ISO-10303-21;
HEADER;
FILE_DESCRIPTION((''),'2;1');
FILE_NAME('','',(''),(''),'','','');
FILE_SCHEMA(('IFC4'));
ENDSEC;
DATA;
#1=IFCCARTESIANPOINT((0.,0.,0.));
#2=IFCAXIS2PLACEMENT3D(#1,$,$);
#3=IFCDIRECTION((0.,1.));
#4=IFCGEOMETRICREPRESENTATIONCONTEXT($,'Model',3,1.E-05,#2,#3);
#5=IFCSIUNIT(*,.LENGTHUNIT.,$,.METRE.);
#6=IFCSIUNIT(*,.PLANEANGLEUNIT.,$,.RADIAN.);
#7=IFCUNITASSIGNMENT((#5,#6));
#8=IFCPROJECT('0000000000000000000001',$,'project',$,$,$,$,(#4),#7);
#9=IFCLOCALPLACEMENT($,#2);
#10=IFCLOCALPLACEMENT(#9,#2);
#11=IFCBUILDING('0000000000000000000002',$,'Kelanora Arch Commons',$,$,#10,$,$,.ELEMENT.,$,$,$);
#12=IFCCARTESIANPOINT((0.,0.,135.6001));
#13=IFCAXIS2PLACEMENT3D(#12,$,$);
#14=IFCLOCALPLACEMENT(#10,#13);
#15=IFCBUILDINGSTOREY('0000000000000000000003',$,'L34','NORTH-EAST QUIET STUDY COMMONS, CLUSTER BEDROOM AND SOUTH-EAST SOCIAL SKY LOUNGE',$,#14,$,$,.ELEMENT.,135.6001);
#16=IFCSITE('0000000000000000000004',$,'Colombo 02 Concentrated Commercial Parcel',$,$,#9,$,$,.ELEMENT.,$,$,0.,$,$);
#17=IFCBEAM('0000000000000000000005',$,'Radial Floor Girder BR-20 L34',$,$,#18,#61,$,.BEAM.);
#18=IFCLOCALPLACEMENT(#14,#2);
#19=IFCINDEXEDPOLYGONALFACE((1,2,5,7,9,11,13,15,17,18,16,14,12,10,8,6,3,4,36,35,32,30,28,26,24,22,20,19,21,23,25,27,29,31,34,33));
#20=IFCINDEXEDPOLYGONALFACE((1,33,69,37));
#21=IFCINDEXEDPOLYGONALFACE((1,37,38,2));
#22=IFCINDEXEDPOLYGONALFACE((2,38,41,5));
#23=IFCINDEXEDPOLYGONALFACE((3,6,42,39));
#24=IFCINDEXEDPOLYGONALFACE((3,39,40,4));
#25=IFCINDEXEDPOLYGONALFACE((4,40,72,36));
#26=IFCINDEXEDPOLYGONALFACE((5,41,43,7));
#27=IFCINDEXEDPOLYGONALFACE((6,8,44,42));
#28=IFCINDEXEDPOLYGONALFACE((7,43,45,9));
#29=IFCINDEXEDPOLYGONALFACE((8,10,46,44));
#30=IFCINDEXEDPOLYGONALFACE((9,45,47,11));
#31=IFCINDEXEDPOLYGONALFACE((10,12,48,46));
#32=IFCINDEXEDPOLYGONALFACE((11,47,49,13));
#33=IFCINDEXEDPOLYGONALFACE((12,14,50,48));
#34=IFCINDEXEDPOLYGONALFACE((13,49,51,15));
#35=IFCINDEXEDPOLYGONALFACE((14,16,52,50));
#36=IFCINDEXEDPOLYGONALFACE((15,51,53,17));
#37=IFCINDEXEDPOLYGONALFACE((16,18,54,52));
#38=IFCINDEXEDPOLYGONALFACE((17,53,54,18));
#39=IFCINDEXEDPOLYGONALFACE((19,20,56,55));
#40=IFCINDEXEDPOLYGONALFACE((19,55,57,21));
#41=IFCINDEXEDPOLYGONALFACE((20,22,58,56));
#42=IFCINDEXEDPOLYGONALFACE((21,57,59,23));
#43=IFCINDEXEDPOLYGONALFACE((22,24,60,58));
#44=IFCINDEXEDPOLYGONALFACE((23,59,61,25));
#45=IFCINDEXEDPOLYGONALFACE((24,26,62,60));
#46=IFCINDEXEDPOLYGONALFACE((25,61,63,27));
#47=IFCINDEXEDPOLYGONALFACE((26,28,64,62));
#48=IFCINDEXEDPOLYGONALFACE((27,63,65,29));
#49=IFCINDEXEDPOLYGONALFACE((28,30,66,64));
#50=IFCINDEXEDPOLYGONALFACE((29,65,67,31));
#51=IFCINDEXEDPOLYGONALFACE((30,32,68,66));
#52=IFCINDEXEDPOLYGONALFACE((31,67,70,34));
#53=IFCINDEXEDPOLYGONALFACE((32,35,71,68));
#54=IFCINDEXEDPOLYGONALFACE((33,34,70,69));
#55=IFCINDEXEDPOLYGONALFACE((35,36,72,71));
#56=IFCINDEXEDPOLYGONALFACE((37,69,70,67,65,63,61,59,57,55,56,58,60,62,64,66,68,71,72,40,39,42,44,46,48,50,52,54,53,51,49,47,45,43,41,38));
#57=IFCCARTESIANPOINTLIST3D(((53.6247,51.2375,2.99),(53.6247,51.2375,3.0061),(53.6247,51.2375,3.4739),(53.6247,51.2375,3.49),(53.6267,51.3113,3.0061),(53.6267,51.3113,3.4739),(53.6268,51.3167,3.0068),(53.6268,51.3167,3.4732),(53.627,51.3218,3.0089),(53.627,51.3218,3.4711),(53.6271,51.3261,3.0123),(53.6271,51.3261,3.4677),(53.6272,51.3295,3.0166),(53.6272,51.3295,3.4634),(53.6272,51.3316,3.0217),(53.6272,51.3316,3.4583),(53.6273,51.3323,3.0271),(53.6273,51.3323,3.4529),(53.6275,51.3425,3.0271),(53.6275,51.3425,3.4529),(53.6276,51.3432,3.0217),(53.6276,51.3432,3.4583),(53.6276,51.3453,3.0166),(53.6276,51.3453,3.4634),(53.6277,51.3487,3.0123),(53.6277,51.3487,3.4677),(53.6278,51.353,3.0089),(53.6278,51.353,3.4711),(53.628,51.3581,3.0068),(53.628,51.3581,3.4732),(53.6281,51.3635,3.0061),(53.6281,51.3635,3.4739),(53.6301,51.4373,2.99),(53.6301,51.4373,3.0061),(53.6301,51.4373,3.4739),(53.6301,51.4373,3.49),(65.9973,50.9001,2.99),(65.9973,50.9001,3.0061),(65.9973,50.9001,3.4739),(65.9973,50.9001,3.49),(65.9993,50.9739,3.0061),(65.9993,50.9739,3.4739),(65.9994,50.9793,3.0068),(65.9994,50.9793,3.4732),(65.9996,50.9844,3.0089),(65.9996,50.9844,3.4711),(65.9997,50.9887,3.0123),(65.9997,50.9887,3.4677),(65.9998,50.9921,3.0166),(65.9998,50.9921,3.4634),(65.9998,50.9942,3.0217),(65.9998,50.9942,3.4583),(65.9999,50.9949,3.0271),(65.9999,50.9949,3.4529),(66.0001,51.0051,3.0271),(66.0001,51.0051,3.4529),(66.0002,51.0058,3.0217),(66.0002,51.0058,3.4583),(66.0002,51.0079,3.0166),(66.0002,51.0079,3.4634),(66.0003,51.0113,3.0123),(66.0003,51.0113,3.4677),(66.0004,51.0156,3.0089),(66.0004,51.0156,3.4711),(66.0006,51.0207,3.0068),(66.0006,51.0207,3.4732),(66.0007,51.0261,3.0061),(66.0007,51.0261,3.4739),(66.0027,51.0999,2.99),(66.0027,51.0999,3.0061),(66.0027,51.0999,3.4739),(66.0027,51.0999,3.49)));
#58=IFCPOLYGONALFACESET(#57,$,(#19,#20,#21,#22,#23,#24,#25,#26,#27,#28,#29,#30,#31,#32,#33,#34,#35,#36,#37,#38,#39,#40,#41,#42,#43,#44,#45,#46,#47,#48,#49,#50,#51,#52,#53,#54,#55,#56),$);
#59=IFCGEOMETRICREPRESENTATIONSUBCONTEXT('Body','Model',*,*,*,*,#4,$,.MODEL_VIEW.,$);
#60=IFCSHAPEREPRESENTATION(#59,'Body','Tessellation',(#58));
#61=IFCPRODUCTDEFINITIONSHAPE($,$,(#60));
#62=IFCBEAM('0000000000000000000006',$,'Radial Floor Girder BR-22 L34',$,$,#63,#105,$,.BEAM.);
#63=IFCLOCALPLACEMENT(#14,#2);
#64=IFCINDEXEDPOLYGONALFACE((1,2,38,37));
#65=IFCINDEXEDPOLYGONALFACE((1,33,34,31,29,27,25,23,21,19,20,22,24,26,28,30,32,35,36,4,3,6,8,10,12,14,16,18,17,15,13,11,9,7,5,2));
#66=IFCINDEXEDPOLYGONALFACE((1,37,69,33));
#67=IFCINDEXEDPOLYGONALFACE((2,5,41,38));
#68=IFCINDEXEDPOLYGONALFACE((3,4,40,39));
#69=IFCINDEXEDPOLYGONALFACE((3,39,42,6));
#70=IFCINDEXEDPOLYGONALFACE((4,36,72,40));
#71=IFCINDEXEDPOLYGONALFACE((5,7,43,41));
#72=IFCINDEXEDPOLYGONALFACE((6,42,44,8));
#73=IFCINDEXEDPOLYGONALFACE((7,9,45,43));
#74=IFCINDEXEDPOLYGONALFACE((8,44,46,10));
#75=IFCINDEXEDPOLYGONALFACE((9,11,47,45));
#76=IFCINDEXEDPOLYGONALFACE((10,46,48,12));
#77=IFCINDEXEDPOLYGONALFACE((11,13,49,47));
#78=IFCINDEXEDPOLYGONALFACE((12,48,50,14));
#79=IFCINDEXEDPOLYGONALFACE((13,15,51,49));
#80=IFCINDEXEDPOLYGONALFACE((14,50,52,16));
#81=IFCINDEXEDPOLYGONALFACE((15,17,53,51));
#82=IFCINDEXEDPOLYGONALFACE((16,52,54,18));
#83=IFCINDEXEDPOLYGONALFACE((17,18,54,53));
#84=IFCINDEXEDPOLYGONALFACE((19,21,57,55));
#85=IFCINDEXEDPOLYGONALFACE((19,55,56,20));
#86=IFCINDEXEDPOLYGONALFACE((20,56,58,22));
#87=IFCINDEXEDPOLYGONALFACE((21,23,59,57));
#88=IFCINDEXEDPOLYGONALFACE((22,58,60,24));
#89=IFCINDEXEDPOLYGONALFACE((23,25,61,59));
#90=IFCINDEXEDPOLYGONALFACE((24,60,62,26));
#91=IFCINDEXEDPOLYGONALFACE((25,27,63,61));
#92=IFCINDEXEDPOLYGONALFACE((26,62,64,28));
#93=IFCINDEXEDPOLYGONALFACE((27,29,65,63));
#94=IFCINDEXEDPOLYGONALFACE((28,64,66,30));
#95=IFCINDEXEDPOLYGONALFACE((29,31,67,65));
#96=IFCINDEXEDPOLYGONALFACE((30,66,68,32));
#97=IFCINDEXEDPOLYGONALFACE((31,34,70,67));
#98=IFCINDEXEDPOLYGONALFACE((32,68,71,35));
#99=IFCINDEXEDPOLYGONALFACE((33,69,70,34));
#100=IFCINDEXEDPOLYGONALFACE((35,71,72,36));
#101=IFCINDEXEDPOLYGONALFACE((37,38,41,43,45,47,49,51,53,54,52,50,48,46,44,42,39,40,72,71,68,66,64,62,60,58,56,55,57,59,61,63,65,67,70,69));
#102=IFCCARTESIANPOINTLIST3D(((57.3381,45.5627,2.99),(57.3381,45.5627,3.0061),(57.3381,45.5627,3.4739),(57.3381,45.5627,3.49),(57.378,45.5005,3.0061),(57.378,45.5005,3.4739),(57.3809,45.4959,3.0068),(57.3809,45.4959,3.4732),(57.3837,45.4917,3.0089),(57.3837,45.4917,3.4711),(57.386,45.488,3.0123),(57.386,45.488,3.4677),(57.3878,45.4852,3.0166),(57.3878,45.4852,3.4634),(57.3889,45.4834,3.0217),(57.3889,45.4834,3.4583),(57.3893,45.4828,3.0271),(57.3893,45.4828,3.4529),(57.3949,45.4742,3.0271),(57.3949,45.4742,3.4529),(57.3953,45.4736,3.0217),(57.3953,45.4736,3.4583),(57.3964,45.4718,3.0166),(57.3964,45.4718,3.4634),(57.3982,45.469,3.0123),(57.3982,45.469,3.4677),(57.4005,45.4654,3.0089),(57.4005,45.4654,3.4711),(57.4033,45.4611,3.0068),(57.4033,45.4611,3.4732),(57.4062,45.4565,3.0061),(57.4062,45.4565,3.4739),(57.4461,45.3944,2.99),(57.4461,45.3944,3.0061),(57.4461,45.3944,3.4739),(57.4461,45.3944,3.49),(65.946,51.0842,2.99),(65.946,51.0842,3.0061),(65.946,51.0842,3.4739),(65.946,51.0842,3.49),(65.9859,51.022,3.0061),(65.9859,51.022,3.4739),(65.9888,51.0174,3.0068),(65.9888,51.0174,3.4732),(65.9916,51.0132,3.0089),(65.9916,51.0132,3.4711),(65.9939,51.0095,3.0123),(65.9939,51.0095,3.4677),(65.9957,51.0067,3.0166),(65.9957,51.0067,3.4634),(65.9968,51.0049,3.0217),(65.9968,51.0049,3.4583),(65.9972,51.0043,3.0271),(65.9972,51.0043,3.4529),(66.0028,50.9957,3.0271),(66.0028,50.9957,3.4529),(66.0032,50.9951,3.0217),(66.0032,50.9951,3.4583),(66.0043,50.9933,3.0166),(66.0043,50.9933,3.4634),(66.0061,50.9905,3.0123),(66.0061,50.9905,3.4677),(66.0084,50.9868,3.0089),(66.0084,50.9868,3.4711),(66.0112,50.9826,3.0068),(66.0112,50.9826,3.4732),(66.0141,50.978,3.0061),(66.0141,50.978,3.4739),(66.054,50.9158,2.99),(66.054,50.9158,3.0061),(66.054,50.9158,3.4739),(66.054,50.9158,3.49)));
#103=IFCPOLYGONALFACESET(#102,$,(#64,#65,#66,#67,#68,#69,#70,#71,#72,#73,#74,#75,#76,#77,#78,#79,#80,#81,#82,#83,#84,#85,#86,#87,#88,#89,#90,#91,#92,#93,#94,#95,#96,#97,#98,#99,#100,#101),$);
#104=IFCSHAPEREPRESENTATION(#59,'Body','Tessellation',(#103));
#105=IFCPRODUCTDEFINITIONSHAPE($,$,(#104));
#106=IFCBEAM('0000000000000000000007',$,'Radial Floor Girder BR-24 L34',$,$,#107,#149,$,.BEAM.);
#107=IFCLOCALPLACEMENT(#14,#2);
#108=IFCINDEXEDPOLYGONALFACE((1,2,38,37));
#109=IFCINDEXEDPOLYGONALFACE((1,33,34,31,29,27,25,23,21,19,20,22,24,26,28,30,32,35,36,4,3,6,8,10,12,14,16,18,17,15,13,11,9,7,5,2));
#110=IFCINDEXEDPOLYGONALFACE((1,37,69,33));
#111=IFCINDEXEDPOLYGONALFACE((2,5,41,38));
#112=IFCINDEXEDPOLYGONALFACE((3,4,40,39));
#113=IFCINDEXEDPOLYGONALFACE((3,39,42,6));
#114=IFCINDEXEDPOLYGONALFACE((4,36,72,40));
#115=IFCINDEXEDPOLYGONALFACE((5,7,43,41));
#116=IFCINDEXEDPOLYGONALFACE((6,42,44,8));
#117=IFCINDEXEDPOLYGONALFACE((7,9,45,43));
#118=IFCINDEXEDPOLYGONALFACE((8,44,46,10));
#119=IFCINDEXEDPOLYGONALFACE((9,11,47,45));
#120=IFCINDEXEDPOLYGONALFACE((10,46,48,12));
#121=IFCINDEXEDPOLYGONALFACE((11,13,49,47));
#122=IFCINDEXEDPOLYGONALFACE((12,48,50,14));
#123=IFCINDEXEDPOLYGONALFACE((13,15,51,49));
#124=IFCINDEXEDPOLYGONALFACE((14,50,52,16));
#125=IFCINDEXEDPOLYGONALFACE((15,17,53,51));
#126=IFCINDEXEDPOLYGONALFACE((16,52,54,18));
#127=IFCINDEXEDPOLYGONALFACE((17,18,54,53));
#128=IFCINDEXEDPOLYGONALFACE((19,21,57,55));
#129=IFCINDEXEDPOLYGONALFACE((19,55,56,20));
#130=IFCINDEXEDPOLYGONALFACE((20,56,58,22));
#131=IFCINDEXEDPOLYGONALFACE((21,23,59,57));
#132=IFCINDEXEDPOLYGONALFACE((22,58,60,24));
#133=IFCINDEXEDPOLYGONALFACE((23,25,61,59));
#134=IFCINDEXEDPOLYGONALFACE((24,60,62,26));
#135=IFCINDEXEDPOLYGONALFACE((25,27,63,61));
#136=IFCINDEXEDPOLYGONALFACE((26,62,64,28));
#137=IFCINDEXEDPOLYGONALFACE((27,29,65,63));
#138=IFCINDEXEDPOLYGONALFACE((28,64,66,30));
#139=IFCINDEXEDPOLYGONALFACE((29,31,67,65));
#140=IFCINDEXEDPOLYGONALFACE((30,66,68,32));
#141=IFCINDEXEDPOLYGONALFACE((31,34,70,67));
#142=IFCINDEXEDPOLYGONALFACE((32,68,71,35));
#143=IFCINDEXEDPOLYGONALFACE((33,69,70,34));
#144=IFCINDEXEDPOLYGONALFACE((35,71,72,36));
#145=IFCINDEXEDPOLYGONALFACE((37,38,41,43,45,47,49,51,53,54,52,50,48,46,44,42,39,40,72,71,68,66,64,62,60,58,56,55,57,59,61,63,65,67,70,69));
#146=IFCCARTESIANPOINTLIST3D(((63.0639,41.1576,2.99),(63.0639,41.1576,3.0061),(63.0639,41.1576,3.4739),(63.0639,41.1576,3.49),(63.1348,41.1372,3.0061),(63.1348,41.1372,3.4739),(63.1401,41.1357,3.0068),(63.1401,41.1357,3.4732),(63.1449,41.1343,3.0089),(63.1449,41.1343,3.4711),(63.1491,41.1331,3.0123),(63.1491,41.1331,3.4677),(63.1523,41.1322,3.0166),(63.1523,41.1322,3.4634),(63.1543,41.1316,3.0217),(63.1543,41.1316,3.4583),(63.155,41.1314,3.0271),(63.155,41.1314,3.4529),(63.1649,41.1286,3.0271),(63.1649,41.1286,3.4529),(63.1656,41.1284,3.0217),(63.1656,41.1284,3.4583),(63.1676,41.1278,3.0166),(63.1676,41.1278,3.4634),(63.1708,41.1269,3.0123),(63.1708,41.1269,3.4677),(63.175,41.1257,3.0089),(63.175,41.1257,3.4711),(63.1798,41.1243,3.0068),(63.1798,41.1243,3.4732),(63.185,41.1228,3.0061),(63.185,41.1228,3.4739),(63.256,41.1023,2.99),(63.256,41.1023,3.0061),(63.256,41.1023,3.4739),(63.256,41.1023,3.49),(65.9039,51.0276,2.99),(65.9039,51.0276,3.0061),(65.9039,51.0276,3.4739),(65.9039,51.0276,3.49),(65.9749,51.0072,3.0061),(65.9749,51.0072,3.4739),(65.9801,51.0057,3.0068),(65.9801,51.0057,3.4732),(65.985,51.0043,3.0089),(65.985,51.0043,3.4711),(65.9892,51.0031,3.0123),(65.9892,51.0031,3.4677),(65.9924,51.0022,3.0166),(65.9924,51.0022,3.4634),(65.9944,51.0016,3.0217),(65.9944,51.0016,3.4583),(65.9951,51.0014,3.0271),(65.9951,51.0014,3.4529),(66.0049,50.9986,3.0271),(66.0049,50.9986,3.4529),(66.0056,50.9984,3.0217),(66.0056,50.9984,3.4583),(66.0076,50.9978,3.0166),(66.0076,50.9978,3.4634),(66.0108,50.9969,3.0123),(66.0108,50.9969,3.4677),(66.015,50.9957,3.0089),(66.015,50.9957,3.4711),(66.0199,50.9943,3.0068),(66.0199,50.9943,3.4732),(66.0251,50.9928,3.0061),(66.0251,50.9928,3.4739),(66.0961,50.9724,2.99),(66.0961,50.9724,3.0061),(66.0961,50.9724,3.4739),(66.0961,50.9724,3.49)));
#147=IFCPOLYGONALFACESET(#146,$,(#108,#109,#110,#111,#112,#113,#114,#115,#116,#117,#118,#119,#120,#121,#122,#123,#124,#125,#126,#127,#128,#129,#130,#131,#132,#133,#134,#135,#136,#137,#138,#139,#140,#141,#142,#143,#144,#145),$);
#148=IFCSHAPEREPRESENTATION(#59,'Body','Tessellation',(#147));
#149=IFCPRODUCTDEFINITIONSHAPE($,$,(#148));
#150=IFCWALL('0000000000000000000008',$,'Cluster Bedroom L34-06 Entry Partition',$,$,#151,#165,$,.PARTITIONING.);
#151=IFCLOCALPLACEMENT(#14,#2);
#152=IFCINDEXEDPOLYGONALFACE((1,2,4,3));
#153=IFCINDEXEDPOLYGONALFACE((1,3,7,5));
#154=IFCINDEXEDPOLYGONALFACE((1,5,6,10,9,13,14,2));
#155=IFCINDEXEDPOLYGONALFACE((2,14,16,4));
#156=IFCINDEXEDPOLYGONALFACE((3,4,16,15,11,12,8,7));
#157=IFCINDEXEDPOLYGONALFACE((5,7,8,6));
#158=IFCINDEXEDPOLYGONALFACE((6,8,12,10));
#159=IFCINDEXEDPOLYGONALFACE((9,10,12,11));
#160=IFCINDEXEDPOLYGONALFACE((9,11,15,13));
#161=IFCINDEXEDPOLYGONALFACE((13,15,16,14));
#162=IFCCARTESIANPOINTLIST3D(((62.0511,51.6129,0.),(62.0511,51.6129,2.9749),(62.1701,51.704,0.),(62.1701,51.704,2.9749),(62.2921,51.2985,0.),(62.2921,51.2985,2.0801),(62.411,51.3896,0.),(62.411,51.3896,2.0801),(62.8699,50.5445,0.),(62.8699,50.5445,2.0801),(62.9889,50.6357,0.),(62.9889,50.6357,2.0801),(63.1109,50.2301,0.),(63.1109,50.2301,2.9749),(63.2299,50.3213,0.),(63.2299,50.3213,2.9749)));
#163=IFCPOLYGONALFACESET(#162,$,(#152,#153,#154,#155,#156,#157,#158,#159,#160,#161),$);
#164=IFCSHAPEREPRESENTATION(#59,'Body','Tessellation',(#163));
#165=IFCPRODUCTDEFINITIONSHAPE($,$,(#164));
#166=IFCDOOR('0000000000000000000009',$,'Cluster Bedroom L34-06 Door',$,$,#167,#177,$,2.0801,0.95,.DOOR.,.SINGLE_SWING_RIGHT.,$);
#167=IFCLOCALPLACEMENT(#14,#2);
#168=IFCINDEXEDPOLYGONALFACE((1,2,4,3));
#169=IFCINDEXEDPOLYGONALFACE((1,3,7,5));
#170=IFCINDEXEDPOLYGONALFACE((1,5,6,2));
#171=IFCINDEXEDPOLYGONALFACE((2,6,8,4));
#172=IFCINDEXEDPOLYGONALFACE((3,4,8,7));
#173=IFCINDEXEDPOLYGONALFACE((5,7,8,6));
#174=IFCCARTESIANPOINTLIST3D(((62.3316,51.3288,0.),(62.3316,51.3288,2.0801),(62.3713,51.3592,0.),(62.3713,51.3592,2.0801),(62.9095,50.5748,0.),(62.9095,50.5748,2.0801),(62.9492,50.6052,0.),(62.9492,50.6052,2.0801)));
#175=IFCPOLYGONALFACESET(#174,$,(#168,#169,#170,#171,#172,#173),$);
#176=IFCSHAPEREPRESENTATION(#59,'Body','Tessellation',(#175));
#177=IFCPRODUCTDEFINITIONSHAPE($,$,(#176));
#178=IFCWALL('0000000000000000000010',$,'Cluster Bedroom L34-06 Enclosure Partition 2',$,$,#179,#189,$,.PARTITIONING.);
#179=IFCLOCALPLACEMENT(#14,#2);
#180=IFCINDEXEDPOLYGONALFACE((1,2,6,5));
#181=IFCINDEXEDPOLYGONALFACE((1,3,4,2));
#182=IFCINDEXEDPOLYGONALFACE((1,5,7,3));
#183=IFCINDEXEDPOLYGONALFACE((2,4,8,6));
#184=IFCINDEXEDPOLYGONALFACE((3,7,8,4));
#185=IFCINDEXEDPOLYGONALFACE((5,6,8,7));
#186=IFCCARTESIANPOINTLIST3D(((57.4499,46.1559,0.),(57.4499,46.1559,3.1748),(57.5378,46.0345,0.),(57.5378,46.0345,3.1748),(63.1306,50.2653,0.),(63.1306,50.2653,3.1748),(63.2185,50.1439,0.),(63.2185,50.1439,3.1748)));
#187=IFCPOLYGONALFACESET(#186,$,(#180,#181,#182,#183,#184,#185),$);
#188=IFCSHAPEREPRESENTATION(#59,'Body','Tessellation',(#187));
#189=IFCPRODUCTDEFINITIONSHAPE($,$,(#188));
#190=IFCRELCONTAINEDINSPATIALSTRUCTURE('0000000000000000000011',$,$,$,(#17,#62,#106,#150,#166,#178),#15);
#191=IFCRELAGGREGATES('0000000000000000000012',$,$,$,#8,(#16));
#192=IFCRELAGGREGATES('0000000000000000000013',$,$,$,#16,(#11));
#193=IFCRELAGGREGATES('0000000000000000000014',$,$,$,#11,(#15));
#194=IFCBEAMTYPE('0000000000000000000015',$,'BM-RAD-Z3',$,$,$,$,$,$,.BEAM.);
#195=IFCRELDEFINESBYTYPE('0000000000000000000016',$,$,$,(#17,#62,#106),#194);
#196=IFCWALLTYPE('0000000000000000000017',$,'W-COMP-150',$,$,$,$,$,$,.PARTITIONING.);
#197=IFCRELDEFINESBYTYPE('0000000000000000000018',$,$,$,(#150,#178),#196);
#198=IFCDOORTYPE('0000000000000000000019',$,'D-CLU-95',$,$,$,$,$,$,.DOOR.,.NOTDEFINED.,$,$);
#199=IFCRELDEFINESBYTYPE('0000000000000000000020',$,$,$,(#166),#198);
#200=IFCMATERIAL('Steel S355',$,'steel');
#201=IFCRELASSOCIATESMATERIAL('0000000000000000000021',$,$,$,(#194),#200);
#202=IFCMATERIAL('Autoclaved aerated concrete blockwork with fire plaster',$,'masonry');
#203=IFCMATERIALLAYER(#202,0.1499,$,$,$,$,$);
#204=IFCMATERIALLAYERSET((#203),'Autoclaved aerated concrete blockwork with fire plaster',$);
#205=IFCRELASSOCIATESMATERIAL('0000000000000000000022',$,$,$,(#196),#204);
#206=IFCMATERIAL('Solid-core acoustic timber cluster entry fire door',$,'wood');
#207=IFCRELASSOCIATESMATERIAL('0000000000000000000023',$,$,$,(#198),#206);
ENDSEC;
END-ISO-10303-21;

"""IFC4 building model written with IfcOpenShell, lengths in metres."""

from ifc_helpers import new_model, si_unit, direction, frame, frame_2d, origin, origin_2d, place, context, subcontext, project, spatial, rectangle, i_section, extrude, material, layer, layer_set, material_profile, profile_set, type_object, element, fill, save


model = new_model("IFC4")

# Units and contexts
model_context = context("Model", 3, precision=1e-05, world=origin(), true_north=direction((0.0, 1.0)))
body_context = subcontext(model_context, "Body", "Model", "MODEL_VIEW")
ifc_project = project(units=[si_unit("LENGTHUNIT", "METRE"), si_unit("PLANEANGLEUNIT", "RADIAN")], contexts=[model_context])

# Site, building, storey
site_placement = place(None, origin())
site = spatial("IfcSite", under=ifc_project, at=site_placement, Name="Colombo 02 Concentrated Commercial Parcel", CompositionType="ELEMENT", RefElevation=0.0)
building_placement = place(site_placement, origin())
building = spatial("IfcBuilding", under=site, at=building_placement, Name="Kelanora Arch Commons", CompositionType="ELEMENT")
storey_placement = place(building_placement, frame((0.0, 0.0, 135.6001)))
storey = spatial("IfcBuildingStorey", under=building, at=storey_placement, Name="L34", Description="NORTH-EAST QUIET STUDY COMMONS, CLUSTER BEDROOM AND SOUTH-EAST SOCIAL SKY LOUNGE", CompositionType="ELEMENT", Elevation=135.6001)

# Beams
ifc_material_1 = material(Name="Steel S355", Category="steel")
ifc_material_profile_1 = material_profile(ifc_material_1, i_section(OverallWidth=0.2, OverallDepth=0.5, WebThickness=0.0103, FlangeThickness=0.0161, FilletRadius=0.021, at=origin_2d()), Name="IPE500")
ifc_profile_set_1 = profile_set([ifc_material_profile_1], Name="Steel S355")
beam_type_1 = type_object("IfcBeamType", Name="BM-RAD-Z3", PredefinedType="BEAM", material=ifc_profile_set_1)
beam_1_placement = place(storey_placement, frame((66.0, 51.0, 3.24), z_axis=(-0.999628, 0.02726, 0.0), x_axis=(-0.02726, -0.999628, 0.0)))
element("IfcBeam", 1, at=beam_1_placement, inside=storey, type_object=beam_type_1, Name="Radial Floor Girder BR-20 L34", PredefinedType="BEAM", context=body_context, shape_type="SweptSolid", body=[
    extrude(i_section(OverallWidth=0.2, OverallDepth=0.5, WebThickness=0.0103, FlangeThickness=0.0161, FilletRadius=0.021, at=origin_2d()), origin(), (0.0, 0.0, 1.0), 12.3772),
])
beam_2_placement = place(storey_placement, frame((66.0, 51.0, 3.24), z_axis=(-0.841719, -0.539915, 0.0), x_axis=(0.539915, -0.841719, 0.0)))
element("IfcBeam", 2, at=beam_2_placement, inside=storey, type_object=beam_type_1, Name="Radial Floor Girder BR-22 L34", PredefinedType="BEAM", context=body_context, shape_type="SweptSolid", body=[
    extrude(i_section(OverallWidth=0.2, OverallDepth=0.5, WebThickness=0.0103, FlangeThickness=0.0161, FilletRadius=0.021, at=origin_2d()), origin(), (0.0, 0.0, 1.0), 10.2266),
])
beam_3_placement = place(storey_placement, frame((66.0, 51.0, 3.24), z_axis=(-0.276526, -0.961006, 0.0), x_axis=(0.961006, -0.276526, 0.0)))
element("IfcBeam", 3, at=beam_3_placement, inside=storey, type_object=beam_type_1, Name="Radial Floor Girder BR-24 L34", PredefinedType="BEAM", context=body_context, shape_type="SweptSolid", body=[
    extrude(i_section(OverallWidth=0.2, OverallDepth=0.5, WebThickness=0.0103, FlangeThickness=0.0161, FilletRadius=0.021, at=origin_2d()), origin(), (0.0, 0.0, 1.0), 10.2705),
])

# Wall, opening, door
ifc_material_2 = material(Name="Autoclaved aerated concrete blockwork with fire plaster", Category="masonry")
ifc_layer_1 = layer(ifc_material_2, 0.1499)
ifc_layer_set_1 = layer_set([ifc_layer_1], Name="Autoclaved aerated concrete blockwork with fire plaster")
wall_type_1 = type_object("IfcWallType", Name="W-COMP-150", PredefinedType="PARTITIONING", material=ifc_layer_set_1)
wall_1_placement = place(storey_placement, frame((62.1106, 51.6584, 0.0), z_axis=(0.0, 0.0, 1.0), x_axis=(0.608308, -0.793701, 0.0)))
wall_1 = element("IfcWall", 4, at=wall_1_placement, inside=storey, type_object=wall_type_1, Name="Cluster Bedroom L34-06 Entry Partition", PredefinedType="PARTITIONING", context=body_context, shape_type="SweptSolid", body=[
    extrude(rectangle(XDim=1.7422, YDim=0.1499, at=frame_2d((0.8711, 0.0))), origin(), (0.0, 0.0, 1.0), 2.9749),
])
opening_1_placement = place(wall_1_placement, frame((0.396, 0.0, 0.0)))
opening_1 = element("IfcOpeningElement", 5, at=opening_1_placement, cuts=wall_1, PredefinedType="OPENING", context=body_context, shape_type="SweptSolid", body=[
    extrude(rectangle(XDim=0.95, YDim=2.0801, at=frame_2d((0.4751, 1.04))), frame((0.0, 0.085, 0.0), z_axis=(0.0, -1.0, 0.0), x_axis=(1.0, 0.0, 0.0)), (0.0, 0.0, 1.0), 0.1699),
])
ifc_material_3 = material(Name="Solid-core acoustic timber cluster entry fire door", Category="wood")
door_type_1 = type_object("IfcDoorType", Name="D-CLU-95", OperationType="NOTDEFINED", PredefinedType="DOOR", material=ifc_material_3)
door_1_placement = place(opening_1_placement, origin())
door_1 = element("IfcDoor", 6, at=door_1_placement, inside=storey, type_object=door_type_1, Name="Cluster Bedroom L34-06 Door", OperationType="SINGLE_SWING_RIGHT", OverallHeight=2.0801, OverallWidth=0.95, PredefinedType="DOOR", context=body_context, shape_type="SweptSolid", body=[
    extrude(rectangle(XDim=0.95, YDim=2.0801, at=frame_2d((0.4751, 1.04))), frame((0.0, 0.0249, 0.0), z_axis=(0.0, -1.0, 0.0), x_axis=(1.0, 0.0, 0.0)), (0.0, 0.0, 1.0), 0.05),
])
fill(opening_1, door_1)

# Wall
wall_2_placement = place(storey_placement, frame((63.1746, 50.2046, 0.0), z_axis=(0.0, 0.0, 1.0), x_axis=(-0.810227, -0.586116, 0.0)))
element("IfcWall", 7, at=wall_2_placement, inside=storey, type_object=wall_type_1, Name="Cluster Bedroom L34-06 Enclosure Partition 2", PredefinedType="PARTITIONING", context=body_context, shape_type="SweptSolid", body=[
    extrude(rectangle(XDim=7.0112, YDim=0.1499, at=frame_2d((3.5056, 0.0))), origin(), (0.0, 0.0, 1.0), 3.1748),
])

save(model, "model.ifc")
